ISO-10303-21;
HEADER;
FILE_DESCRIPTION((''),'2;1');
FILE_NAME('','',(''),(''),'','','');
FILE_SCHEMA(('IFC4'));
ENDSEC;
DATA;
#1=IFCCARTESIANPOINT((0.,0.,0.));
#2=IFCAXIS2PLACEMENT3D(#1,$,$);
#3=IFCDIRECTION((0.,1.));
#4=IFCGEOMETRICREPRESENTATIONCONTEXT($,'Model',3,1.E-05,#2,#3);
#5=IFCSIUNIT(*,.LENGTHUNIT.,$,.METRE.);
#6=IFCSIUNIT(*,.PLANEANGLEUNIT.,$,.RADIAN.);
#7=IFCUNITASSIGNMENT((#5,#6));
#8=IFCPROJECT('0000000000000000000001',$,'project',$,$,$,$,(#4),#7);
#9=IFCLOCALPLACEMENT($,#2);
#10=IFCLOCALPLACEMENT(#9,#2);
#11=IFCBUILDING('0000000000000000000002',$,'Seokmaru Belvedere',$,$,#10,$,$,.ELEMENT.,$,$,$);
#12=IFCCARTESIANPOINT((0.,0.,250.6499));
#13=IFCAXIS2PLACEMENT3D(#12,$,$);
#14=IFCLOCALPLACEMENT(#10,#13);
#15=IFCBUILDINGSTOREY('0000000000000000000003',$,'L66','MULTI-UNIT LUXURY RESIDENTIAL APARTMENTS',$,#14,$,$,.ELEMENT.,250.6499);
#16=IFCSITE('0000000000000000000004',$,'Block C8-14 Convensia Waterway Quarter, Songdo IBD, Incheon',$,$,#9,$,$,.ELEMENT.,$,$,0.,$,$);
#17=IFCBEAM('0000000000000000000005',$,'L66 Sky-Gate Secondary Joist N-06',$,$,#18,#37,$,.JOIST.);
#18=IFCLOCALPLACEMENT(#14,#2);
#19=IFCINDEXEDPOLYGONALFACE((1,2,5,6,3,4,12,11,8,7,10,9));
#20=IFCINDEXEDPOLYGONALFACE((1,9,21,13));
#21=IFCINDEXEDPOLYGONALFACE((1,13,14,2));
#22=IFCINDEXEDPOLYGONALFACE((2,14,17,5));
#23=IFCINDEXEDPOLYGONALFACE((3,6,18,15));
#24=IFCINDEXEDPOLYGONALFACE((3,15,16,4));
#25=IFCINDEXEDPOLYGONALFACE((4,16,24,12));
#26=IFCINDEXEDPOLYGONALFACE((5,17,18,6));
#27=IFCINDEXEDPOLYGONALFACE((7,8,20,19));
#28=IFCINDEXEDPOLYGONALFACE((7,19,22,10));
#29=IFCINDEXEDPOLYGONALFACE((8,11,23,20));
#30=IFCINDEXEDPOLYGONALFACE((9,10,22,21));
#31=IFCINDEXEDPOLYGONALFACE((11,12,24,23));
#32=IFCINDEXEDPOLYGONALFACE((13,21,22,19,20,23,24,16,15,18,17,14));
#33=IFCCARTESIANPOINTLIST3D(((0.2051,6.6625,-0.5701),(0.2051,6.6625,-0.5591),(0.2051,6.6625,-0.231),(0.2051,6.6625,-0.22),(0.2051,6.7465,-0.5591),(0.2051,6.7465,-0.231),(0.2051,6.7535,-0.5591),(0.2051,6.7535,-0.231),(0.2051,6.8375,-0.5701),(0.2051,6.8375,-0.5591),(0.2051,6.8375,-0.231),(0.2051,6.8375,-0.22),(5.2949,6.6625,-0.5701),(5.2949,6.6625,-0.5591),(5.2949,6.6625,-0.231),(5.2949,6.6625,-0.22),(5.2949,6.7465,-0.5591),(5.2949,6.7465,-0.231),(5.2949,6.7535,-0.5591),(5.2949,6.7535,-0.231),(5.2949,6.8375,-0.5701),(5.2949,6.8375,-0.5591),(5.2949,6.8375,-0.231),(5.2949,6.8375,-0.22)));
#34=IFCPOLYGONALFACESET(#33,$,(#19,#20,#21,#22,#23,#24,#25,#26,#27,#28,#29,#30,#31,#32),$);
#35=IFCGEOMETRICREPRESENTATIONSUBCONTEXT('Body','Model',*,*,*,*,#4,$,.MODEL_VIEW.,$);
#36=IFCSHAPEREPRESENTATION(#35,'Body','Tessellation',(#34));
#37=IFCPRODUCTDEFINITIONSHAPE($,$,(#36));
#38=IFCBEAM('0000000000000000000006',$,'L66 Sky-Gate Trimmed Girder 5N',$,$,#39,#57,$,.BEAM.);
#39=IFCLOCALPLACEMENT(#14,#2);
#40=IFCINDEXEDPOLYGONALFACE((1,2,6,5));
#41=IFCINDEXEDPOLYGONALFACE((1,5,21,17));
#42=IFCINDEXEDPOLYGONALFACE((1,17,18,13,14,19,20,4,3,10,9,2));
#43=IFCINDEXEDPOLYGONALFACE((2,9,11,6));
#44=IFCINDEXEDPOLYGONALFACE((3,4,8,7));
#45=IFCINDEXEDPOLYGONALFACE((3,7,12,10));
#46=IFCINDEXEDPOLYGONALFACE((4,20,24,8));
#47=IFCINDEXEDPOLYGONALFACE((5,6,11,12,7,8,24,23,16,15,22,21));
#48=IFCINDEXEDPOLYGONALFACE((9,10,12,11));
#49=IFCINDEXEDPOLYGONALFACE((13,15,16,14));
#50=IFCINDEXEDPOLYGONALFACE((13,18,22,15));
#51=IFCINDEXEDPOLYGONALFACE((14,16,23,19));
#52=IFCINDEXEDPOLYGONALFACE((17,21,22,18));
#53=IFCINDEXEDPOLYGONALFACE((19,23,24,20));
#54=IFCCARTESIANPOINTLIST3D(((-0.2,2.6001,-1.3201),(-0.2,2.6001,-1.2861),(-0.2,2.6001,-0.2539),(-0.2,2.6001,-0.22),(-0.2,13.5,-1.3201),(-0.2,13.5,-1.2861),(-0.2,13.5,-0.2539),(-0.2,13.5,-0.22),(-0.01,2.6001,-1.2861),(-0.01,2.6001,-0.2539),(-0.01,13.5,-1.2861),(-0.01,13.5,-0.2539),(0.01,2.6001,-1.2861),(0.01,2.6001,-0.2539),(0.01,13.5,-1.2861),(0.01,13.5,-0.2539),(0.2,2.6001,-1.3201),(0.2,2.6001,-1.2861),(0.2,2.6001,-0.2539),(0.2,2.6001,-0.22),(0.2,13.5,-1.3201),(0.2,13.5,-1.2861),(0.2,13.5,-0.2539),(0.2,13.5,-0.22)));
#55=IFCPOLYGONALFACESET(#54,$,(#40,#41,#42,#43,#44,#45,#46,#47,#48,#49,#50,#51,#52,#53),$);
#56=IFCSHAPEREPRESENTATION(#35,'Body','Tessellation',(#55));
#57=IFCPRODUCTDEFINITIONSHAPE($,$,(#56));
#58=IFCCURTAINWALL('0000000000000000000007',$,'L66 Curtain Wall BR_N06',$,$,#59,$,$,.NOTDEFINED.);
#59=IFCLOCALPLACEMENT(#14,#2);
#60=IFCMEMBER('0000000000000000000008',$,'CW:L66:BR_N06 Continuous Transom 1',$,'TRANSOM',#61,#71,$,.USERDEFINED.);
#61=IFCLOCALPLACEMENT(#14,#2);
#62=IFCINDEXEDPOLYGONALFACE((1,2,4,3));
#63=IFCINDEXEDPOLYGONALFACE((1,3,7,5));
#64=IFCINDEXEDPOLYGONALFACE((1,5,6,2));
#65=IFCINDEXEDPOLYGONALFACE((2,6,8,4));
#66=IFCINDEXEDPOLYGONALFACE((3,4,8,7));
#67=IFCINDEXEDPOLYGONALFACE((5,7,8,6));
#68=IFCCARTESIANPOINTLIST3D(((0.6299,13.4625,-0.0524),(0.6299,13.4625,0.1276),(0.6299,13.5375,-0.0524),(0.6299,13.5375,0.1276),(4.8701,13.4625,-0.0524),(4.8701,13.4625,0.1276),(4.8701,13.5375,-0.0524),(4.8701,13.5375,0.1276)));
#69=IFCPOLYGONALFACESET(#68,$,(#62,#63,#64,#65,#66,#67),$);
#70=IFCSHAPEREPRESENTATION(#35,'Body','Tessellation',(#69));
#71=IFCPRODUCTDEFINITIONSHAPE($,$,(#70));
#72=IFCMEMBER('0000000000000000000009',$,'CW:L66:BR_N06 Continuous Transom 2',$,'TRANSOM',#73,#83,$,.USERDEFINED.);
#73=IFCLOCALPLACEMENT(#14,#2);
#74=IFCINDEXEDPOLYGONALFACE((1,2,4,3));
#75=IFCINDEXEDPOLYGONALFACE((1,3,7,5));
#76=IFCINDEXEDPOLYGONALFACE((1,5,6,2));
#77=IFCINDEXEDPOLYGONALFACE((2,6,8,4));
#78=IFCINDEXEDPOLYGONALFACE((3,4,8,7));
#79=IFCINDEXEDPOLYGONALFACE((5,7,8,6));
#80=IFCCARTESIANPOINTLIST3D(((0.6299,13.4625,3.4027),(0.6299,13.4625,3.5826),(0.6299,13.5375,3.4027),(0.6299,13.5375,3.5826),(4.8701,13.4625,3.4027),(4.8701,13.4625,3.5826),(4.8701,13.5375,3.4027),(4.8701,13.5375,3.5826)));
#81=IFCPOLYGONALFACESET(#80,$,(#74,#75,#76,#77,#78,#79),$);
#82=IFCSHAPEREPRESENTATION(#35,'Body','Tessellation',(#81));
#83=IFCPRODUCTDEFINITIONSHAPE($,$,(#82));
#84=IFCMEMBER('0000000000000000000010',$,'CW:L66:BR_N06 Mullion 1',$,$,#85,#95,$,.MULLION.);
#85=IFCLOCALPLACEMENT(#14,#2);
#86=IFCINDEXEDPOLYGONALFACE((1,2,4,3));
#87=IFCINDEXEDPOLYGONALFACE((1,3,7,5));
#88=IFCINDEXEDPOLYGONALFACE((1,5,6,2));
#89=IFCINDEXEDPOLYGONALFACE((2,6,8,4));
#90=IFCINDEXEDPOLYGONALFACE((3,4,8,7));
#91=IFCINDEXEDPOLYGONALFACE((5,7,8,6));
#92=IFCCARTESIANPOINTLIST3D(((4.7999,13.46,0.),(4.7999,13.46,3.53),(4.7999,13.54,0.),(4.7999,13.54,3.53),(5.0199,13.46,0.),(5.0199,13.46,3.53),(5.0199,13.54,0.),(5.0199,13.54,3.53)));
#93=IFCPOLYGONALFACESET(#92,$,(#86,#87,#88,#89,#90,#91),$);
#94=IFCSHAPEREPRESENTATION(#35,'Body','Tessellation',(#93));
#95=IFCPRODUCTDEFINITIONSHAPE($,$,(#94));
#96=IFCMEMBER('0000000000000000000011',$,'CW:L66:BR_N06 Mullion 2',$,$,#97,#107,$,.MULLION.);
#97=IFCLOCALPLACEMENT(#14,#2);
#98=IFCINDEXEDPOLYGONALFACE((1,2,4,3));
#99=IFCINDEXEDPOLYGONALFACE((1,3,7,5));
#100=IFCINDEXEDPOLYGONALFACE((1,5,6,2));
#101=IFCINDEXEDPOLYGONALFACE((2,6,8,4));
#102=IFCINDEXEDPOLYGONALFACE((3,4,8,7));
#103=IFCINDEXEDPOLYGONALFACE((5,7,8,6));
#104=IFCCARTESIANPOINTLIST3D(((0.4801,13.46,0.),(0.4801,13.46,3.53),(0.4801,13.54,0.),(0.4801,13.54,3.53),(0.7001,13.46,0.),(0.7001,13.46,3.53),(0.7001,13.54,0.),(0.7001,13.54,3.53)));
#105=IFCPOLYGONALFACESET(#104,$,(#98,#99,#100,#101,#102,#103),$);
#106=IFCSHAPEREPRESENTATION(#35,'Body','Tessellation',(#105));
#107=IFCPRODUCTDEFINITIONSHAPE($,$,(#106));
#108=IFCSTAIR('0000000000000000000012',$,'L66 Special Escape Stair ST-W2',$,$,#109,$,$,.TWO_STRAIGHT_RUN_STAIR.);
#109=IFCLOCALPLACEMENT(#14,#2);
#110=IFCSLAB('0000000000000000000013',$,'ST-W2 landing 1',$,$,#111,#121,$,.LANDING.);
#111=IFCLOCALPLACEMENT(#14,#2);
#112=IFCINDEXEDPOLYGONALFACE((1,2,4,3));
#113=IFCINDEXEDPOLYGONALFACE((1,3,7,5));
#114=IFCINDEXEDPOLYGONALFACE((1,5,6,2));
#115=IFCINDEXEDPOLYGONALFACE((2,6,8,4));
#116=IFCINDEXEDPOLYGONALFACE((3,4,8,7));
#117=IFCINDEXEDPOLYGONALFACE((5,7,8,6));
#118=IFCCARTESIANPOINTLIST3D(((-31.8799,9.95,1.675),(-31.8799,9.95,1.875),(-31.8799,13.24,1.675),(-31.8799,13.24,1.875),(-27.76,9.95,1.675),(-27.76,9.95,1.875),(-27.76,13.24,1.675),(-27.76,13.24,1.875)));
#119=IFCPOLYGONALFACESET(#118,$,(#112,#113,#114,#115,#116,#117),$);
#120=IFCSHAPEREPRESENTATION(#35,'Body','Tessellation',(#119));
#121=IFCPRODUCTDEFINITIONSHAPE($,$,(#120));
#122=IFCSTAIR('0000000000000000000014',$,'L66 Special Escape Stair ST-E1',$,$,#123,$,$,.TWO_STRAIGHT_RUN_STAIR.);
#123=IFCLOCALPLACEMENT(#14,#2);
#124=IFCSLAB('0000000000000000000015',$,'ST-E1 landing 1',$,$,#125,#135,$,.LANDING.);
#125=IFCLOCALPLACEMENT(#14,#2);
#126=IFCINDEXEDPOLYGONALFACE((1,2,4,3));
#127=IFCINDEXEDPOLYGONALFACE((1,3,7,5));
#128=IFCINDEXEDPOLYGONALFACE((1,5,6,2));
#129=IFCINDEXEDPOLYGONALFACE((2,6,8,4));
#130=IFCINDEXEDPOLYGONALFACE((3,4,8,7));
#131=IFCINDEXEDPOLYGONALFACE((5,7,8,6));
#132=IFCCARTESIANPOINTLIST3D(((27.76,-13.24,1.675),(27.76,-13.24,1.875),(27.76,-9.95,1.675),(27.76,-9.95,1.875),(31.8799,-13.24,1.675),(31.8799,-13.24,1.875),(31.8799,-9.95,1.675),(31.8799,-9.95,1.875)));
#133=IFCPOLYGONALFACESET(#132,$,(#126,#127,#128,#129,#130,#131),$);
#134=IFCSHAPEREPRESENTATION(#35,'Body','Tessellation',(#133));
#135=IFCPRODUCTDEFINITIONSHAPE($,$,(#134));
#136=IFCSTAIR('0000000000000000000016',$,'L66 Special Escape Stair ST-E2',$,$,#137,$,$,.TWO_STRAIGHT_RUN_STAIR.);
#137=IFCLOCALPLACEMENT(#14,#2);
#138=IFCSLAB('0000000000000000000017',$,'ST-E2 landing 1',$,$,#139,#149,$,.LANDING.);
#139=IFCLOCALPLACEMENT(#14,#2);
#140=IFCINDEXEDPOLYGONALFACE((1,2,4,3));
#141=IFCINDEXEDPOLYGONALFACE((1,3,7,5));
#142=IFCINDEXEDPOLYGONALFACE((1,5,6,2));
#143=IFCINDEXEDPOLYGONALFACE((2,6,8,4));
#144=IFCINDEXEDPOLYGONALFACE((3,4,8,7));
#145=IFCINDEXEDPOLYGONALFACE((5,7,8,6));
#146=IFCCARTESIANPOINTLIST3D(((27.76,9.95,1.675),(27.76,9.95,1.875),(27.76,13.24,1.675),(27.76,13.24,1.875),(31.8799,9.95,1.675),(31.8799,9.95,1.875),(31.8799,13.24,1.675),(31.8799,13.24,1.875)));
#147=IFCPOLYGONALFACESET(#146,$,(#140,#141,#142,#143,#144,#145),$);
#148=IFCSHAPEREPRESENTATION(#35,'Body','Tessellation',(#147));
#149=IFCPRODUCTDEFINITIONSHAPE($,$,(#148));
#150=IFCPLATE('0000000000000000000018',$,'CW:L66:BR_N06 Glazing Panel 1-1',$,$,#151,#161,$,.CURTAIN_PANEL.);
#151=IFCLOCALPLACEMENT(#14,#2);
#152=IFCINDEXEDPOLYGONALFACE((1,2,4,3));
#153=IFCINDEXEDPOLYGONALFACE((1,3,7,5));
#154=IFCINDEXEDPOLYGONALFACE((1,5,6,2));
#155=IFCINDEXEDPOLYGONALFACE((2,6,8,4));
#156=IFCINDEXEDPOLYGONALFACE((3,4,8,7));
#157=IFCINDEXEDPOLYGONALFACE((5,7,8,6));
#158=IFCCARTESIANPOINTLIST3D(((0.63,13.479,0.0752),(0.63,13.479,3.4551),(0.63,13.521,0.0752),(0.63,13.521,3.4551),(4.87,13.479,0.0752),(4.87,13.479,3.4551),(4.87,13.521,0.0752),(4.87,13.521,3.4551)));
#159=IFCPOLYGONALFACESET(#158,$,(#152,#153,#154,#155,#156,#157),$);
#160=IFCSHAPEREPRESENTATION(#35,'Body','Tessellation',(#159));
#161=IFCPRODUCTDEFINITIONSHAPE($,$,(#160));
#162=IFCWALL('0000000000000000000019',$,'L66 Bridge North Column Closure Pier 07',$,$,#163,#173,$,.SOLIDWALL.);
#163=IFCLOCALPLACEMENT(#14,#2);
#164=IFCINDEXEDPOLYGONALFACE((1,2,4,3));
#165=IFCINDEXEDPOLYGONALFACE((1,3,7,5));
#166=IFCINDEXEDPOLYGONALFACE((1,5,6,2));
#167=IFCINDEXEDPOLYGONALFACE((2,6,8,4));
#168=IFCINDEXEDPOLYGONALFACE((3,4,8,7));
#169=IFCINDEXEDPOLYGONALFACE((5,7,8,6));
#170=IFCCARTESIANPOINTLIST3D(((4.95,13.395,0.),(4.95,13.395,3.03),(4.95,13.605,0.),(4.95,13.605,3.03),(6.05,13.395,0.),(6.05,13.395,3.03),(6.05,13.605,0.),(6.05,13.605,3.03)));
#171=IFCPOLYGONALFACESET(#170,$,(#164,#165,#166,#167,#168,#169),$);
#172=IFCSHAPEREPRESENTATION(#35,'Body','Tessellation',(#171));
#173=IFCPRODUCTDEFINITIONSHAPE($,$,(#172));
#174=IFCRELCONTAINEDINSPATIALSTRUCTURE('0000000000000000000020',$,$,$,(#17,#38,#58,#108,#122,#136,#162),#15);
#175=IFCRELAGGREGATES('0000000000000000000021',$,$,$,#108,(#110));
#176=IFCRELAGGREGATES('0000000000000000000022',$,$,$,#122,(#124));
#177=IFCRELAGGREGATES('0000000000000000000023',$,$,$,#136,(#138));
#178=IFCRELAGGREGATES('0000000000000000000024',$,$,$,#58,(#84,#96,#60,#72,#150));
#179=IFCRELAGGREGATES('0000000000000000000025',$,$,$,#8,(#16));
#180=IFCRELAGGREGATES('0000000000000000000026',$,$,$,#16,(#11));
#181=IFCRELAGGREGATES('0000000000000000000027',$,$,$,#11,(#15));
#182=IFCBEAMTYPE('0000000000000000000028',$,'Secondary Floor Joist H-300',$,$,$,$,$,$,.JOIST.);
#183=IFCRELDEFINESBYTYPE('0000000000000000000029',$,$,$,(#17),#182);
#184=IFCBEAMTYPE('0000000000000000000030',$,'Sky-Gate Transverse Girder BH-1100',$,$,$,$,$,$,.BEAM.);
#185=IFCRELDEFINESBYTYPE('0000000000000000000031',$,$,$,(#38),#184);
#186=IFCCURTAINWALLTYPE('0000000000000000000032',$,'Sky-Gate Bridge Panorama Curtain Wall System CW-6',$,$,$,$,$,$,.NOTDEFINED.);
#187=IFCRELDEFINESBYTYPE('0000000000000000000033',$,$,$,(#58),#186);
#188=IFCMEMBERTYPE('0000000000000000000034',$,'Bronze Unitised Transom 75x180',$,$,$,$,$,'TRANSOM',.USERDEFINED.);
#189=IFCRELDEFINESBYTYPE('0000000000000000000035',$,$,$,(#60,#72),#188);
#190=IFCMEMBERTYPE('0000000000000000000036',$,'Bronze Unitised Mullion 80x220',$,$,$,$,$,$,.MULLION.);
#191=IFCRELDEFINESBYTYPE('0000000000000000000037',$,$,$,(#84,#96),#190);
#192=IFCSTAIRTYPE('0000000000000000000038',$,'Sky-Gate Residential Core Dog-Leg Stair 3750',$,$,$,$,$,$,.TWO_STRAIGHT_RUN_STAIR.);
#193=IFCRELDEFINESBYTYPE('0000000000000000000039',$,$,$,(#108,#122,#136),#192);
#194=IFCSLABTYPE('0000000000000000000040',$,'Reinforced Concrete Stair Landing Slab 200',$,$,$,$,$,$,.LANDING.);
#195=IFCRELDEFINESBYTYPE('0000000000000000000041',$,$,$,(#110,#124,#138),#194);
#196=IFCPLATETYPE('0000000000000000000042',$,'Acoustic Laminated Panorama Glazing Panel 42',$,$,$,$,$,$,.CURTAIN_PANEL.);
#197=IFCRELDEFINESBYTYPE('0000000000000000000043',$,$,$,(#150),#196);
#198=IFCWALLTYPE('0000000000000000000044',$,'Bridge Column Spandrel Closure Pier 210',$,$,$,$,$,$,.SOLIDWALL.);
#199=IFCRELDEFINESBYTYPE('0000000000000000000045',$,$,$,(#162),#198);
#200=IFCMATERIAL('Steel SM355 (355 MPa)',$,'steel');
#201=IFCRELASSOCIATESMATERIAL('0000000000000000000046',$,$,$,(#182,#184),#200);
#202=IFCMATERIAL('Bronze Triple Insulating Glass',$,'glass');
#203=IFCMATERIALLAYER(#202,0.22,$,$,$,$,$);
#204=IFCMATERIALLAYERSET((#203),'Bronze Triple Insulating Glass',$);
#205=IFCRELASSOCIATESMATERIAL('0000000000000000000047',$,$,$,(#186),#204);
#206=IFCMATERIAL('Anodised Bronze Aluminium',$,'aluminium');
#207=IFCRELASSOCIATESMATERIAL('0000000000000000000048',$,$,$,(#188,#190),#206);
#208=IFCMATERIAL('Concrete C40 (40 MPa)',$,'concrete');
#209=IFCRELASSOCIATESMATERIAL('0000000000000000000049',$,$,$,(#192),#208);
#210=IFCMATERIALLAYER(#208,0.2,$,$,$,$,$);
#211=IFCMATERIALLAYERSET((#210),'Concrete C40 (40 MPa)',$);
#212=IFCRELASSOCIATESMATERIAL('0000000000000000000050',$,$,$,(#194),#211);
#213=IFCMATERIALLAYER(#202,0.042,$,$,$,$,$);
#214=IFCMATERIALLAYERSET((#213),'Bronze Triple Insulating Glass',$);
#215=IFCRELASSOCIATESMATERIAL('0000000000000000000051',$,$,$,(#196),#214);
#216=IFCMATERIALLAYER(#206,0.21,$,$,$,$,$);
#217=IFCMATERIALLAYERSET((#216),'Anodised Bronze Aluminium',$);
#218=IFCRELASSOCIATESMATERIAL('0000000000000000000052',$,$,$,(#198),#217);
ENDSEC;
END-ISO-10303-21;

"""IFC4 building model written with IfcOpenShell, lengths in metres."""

from ifc_helpers import new_model, si_unit, direction, frame, frame_2d, origin, origin_2d, place, context, subcontext, project, spatial, polyline, rectangle, i_section, outline, extrude, source, transform, mapped, material, layer, layer_set, material_profile, profile_set, type_object, type_shapes, element, aggregate, save


model = new_model("IFC4")

# Units and contexts
model_context = context("Model", 3, precision=1e-05, world=origin(), true_north=direction((0.0, 1.0)))
body_context = subcontext(model_context, "Body", "Model", "MODEL_VIEW")
ifc_project = project(units=[si_unit("LENGTHUNIT", "METRE"), si_unit("PLANEANGLEUNIT", "RADIAN")], contexts=[model_context])

# Site, building, storey
site_placement = place(None, origin())
site = spatial("IfcSite", under=ifc_project, at=site_placement, Name="Block C8-14 Convensia Waterway Quarter, Songdo IBD, Incheon", CompositionType="ELEMENT", RefElevation=0.0)
building_placement = place(site_placement, origin())
building = spatial("IfcBuilding", under=site, at=building_placement, Name="Seokmaru Belvedere", CompositionType="ELEMENT")
storey_placement = place(building_placement, frame((0.0, 0.0, 250.6499)))
storey = spatial("IfcBuildingStorey", under=building, at=storey_placement, Name="L66", Description="MULTI-UNIT LUXURY RESIDENTIAL APARTMENTS", CompositionType="ELEMENT", Elevation=250.6499)

# Beams
ifc_material_1 = material(Name="Steel SM355 (355 MPa)", Category="steel")
ifc_material_profile_1 = material_profile(ifc_material_1, i_section(OverallWidth=0.175, OverallDepth=0.3501, WebThickness=0.0071, FlangeThickness=0.011, at=origin_2d()), Name="H-350x175x7x11")
ifc_profile_set_1 = profile_set([ifc_material_profile_1], Name="Steel SM355 (355 MPa)")
beam_type_1 = type_object("IfcBeamType", Name="Secondary Floor Joist H-300", PredefinedType="JOIST", material=ifc_profile_set_1)
shared_shape_1 = source(origin(), body_context, "Body", "SweptSolid", [
    extrude(i_section(OverallWidth=0.175, OverallDepth=0.3501, WebThickness=0.0071, FlangeThickness=0.011, at=origin_2d()), origin(), (0.0, 0.0, 1.0), 5.0898),
])
type_shapes(beam_type_1, [shared_shape_1])
beam_1_placement = place(storey_placement, frame((0.2051, 6.75, -0.395), z_axis=(1.0, 0.0, 0.0), x_axis=(0.0, 1.0, 0.0)))
element("IfcBeam", 1, at=beam_1_placement, inside=storey, type_object=beam_type_1, Name="L66 Sky-Gate Secondary Joist N-06", PredefinedType="JOIST", context=body_context, shape_type="MappedRepresentation", body=[
    mapped(shared_shape_1, transform((0.0, 0.0, 0.0), scale=1.0)),
])
ifc_material_profile_2 = material_profile(ifc_material_1, i_section(OverallWidth=0.3999, OverallDepth=1.1001, WebThickness=0.02, FlangeThickness=0.0339, at=origin_2d()), Name="BH-1100x400x20x34")
ifc_profile_set_2 = profile_set([ifc_material_profile_2], Name="Steel SM355 (355 MPa)")
beam_type_2 = type_object("IfcBeamType", Name="Sky-Gate Transverse Girder BH-1100", PredefinedType="BEAM", material=ifc_profile_set_2)
shared_shape_2 = source(origin(), body_context, "Body", "SweptSolid", [
    extrude(i_section(OverallWidth=0.3999, OverallDepth=1.1001, WebThickness=0.02, FlangeThickness=0.0339, at=origin_2d()), origin(), (0.0, 0.0, 1.0), 10.8999),
])
type_shapes(beam_type_2, [shared_shape_2])
beam_2_placement = place(storey_placement, frame((0.0, 2.6001, -0.77), z_axis=(0.0, 1.0, 0.0), x_axis=(-1.0, 0.0, 0.0)))
element("IfcBeam", 2, at=beam_2_placement, inside=storey, type_object=beam_type_2, Name="L66 Sky-Gate Trimmed Girder 5N", PredefinedType="BEAM", context=body_context, shape_type="MappedRepresentation", body=[
    mapped(shared_shape_2, transform((0.0, 0.0, 0.0), scale=1.0)),
])

# Curtain wall, members
ifc_material_2 = material(Name="Bronze Triple Insulating Glass", Category="glass")
ifc_layer_1 = layer(ifc_material_2, 0.22)
ifc_layer_set_1 = layer_set([ifc_layer_1], Name="Bronze Triple Insulating Glass")
curtain_wall_type = type_object("IfcCurtainWallType", Name="Sky-Gate Bridge Panorama Curtain Wall System CW-6", PredefinedType="NOTDEFINED", material=ifc_layer_set_1)
curtain_wall_placement = place(storey_placement, origin())
curtain_wall = element("IfcCurtainWall", 3, at=curtain_wall_placement, inside=storey, type_object=curtain_wall_type, Name="L66 Curtain Wall BR_N06", PredefinedType="NOTDEFINED")
ifc_material_3 = material(Name="Anodised Bronze Aluminium", Category="aluminium")
ifc_material_profile_3 = material_profile(ifc_material_3, rectangle(XDim=0.075, YDim=0.1799, at=origin_2d()), Name="CW-T-75x180")
ifc_profile_set_3 = profile_set([ifc_material_profile_3], Name="Anodised Bronze Aluminium")
member_type_1 = type_object("IfcMemberType", Name="Bronze Unitised Transom 75x180", ElementType="TRANSOM", PredefinedType="USERDEFINED", material=ifc_profile_set_3)
shared_shape_3 = source(origin(), body_context, "Body", "SweptSolid", [
    extrude(rectangle(XDim=0.075, YDim=0.1799, at=origin_2d()), origin(), (0.0, 0.0, 1.0), 4.2402),
])
type_shapes(member_type_1, [shared_shape_3])
member_1_placement = place(storey_placement, frame((4.8701, 13.5, 0.0376), z_axis=(-1.0, 0.0, 0.0), x_axis=(0.0, -1.0, 0.0)))
member_1 = element("IfcMember", 4, at=member_1_placement, type_object=member_type_1, Name="CW:L66:BR_N06 Continuous Transom 1", ObjectType="TRANSOM", PredefinedType="USERDEFINED", context=body_context, shape_type="MappedRepresentation", body=[
    mapped(shared_shape_3, transform((0.0, 0.0, 0.0), scale=1.0)),
])
member_2_placement = place(storey_placement, frame((4.8701, 13.5, 3.4927), z_axis=(-1.0, 0.0, 0.0), x_axis=(0.0, -1.0, 0.0)))
member_2 = element("IfcMember", 5, at=member_2_placement, type_object=member_type_1, Name="CW:L66:BR_N06 Continuous Transom 2", ObjectType="TRANSOM", PredefinedType="USERDEFINED", context=body_context, shape_type="MappedRepresentation", body=[
    mapped(shared_shape_3, transform((0.0, 0.0, 0.0), scale=1.0)),
])
ifc_material_profile_4 = material_profile(ifc_material_3, rectangle(XDim=0.0801, YDim=0.22, at=origin_2d()), Name="CW-M-80x220")
ifc_profile_set_4 = profile_set([ifc_material_profile_4], Name="Anodised Bronze Aluminium")
member_type_2 = type_object("IfcMemberType", Name="Bronze Unitised Mullion 80x220", PredefinedType="MULLION", material=ifc_profile_set_4)
shared_shape_4 = source(origin(), body_context, "Body", "SweptSolid", [
    extrude(rectangle(XDim=0.0801, YDim=0.22, at=origin_2d()), origin(), (0.0, 0.0, 1.0), 3.53),
])
type_shapes(member_type_2, [shared_shape_4])
member_3_placement = place(storey_placement, frame((4.9099, 13.5, 0.0), z_axis=(0.0, 0.0, 1.0), x_axis=(0.0, -1.0, 0.0)))
member_3 = element("IfcMember", 6, at=member_3_placement, type_object=member_type_2, Name="CW:L66:BR_N06 Mullion 1", PredefinedType="MULLION", context=body_context, shape_type="MappedRepresentation", body=[
    mapped(shared_shape_4, transform((0.0, 0.0, 0.0), scale=1.0)),
])
member_4_placement = place(storey_placement, frame((0.5901, 13.5, 0.0), z_axis=(0.0, 0.0, 1.0), x_axis=(0.0, -1.0, 0.0)))
member_4 = element("IfcMember", 7, at=member_4_placement, type_object=member_type_2, Name="CW:L66:BR_N06 Mullion 2", PredefinedType="MULLION", context=body_context, shape_type="MappedRepresentation", body=[
    mapped(shared_shape_4, transform((0.0, 0.0, 0.0), scale=1.0)),
])

# Stairs, slabs
ifc_material_4 = material(Name="Concrete C40 (40 MPa)", Category="concrete")
stair_type = type_object("IfcStairType", Name="Sky-Gate Residential Core Dog-Leg Stair 3750", PredefinedType="TWO_STRAIGHT_RUN_STAIR", material=ifc_material_4)
stair_1_placement = place(storey_placement, origin())
stair_1 = element("IfcStair", 8, at=stair_1_placement, inside=storey, type_object=stair_type, Name="L66 Special Escape Stair ST-W2", PredefinedType="TWO_STRAIGHT_RUN_STAIR")
ifc_layer_2 = layer(ifc_material_4, 0.2)
ifc_layer_set_2 = layer_set([ifc_layer_2], Name="Concrete C40 (40 MPa)")
slab_type = type_object("IfcSlabType", Name="Reinforced Concrete Stair Landing Slab 200", PredefinedType="LANDING", material=ifc_layer_set_2)
slab_1_placement = place(storey_placement, frame((0.0, 0.0, 1.675)))
slab_1 = element("IfcSlab", 9, at=slab_1_placement, type_object=slab_type, Name="ST-W2 landing 1", PredefinedType="LANDING", context=body_context, shape_type="SweptSolid", body=[
    extrude(outline(polyline([(-31.8799, 9.95), (-27.76, 9.95), (-27.76, 13.24), (-31.8799, 13.24), (-31.8799, 9.95)])), origin(), (0.0, 0.0, 1.0), 0.2),
])
aggregate(stair_1, [slab_1])
stair_2_placement = place(storey_placement, origin())
stair_2 = element("IfcStair", 10, at=stair_2_placement, inside=storey, type_object=stair_type, Name="L66 Special Escape Stair ST-E1", PredefinedType="TWO_STRAIGHT_RUN_STAIR")
slab_2_placement = place(storey_placement, frame((0.0, 0.0, 1.675)))
slab_2 = element("IfcSlab", 11, at=slab_2_placement, type_object=slab_type, Name="ST-E1 landing 1", PredefinedType="LANDING", context=body_context, shape_type="SweptSolid", body=[
    extrude(outline(polyline([(27.76, -13.24), (31.8799, -13.24), (31.8799, -9.95), (27.76, -9.95), (27.76, -13.24)])), origin(), (0.0, 0.0, 1.0), 0.2),
])
aggregate(stair_2, [slab_2])
stair_3_placement = place(storey_placement, origin())
stair_3 = element("IfcStair", 12, at=stair_3_placement, inside=storey, type_object=stair_type, Name="L66 Special Escape Stair ST-E2", PredefinedType="TWO_STRAIGHT_RUN_STAIR")
slab_3_placement = place(storey_placement, frame((0.0, 0.0, 1.675)))
slab_3 = element("IfcSlab", 13, at=slab_3_placement, type_object=slab_type, Name="ST-E2 landing 1", PredefinedType="LANDING", context=body_context, shape_type="SweptSolid", body=[
    extrude(outline(polyline([(27.76, 9.95), (31.8799, 9.95), (31.8799, 13.24), (27.76, 13.24), (27.76, 9.95)])), origin(), (0.0, 0.0, 1.0), 0.2),
])
aggregate(stair_3, [slab_3])

# Plate
ifc_layer_3 = layer(ifc_material_2, 0.042)
ifc_layer_set_3 = layer_set([ifc_layer_3], Name="Bronze Triple Insulating Glass")
plate_type = type_object("IfcPlateType", Name="Acoustic Laminated Panorama Glazing Panel 42", PredefinedType="CURTAIN_PANEL", material=ifc_layer_set_3)
shared_shape_5 = source(origin(), body_context, "Body", "SweptSolid", [
    extrude(rectangle(XDim=4.24, YDim=0.042, at=origin_2d()), origin(), (0.0, 0.0, 1.0), 3.3799),
])
type_shapes(plate_type, [shared_shape_5])
plate_placement = place(storey_placement, frame((2.75, 13.5, 0.0752), z_axis=(0.0, 0.0, 1.0), x_axis=(-1.0, 0.0, 0.0)))
plate = element("IfcPlate", 14, at=plate_placement, type_object=plate_type, Name="CW:L66:BR_N06 Glazing Panel 1-1", PredefinedType="CURTAIN_PANEL", context=body_context, shape_type="MappedRepresentation", body=[
    mapped(shared_shape_5, transform((0.0, 0.0, 0.0), scale=1.0)),
])
aggregate(curtain_wall, [member_3, member_4, member_1, member_2, plate])

# Wall
ifc_layer_4 = layer(ifc_material_3, 0.21)
ifc_layer_set_4 = layer_set([ifc_layer_4], Name="Anodised Bronze Aluminium")
wall_type_1 = type_object("IfcWallType", Name="Bridge Column Spandrel Closure Pier 210", PredefinedType="SOLIDWALL", material=ifc_layer_set_4)
wall_1_placement = place(storey_placement, frame((4.95, 13.5, 0.0), z_axis=(0.0, 0.0, 1.0), x_axis=(1.0, 0.0, 0.0)))
element("IfcWall", 15, at=wall_1_placement, inside=storey, type_object=wall_type_1, Name="L66 Bridge North Column Closure Pier 07", PredefinedType="SOLIDWALL", context=body_context, shape_type="SweptSolid", body=[
    extrude(rectangle(XDim=1.1001, YDim=0.21, at=frame_2d((0.55, 0.0))), origin(), (0.0, 0.0, 1.0), 3.03),
])

save(model, "model.ifc")
